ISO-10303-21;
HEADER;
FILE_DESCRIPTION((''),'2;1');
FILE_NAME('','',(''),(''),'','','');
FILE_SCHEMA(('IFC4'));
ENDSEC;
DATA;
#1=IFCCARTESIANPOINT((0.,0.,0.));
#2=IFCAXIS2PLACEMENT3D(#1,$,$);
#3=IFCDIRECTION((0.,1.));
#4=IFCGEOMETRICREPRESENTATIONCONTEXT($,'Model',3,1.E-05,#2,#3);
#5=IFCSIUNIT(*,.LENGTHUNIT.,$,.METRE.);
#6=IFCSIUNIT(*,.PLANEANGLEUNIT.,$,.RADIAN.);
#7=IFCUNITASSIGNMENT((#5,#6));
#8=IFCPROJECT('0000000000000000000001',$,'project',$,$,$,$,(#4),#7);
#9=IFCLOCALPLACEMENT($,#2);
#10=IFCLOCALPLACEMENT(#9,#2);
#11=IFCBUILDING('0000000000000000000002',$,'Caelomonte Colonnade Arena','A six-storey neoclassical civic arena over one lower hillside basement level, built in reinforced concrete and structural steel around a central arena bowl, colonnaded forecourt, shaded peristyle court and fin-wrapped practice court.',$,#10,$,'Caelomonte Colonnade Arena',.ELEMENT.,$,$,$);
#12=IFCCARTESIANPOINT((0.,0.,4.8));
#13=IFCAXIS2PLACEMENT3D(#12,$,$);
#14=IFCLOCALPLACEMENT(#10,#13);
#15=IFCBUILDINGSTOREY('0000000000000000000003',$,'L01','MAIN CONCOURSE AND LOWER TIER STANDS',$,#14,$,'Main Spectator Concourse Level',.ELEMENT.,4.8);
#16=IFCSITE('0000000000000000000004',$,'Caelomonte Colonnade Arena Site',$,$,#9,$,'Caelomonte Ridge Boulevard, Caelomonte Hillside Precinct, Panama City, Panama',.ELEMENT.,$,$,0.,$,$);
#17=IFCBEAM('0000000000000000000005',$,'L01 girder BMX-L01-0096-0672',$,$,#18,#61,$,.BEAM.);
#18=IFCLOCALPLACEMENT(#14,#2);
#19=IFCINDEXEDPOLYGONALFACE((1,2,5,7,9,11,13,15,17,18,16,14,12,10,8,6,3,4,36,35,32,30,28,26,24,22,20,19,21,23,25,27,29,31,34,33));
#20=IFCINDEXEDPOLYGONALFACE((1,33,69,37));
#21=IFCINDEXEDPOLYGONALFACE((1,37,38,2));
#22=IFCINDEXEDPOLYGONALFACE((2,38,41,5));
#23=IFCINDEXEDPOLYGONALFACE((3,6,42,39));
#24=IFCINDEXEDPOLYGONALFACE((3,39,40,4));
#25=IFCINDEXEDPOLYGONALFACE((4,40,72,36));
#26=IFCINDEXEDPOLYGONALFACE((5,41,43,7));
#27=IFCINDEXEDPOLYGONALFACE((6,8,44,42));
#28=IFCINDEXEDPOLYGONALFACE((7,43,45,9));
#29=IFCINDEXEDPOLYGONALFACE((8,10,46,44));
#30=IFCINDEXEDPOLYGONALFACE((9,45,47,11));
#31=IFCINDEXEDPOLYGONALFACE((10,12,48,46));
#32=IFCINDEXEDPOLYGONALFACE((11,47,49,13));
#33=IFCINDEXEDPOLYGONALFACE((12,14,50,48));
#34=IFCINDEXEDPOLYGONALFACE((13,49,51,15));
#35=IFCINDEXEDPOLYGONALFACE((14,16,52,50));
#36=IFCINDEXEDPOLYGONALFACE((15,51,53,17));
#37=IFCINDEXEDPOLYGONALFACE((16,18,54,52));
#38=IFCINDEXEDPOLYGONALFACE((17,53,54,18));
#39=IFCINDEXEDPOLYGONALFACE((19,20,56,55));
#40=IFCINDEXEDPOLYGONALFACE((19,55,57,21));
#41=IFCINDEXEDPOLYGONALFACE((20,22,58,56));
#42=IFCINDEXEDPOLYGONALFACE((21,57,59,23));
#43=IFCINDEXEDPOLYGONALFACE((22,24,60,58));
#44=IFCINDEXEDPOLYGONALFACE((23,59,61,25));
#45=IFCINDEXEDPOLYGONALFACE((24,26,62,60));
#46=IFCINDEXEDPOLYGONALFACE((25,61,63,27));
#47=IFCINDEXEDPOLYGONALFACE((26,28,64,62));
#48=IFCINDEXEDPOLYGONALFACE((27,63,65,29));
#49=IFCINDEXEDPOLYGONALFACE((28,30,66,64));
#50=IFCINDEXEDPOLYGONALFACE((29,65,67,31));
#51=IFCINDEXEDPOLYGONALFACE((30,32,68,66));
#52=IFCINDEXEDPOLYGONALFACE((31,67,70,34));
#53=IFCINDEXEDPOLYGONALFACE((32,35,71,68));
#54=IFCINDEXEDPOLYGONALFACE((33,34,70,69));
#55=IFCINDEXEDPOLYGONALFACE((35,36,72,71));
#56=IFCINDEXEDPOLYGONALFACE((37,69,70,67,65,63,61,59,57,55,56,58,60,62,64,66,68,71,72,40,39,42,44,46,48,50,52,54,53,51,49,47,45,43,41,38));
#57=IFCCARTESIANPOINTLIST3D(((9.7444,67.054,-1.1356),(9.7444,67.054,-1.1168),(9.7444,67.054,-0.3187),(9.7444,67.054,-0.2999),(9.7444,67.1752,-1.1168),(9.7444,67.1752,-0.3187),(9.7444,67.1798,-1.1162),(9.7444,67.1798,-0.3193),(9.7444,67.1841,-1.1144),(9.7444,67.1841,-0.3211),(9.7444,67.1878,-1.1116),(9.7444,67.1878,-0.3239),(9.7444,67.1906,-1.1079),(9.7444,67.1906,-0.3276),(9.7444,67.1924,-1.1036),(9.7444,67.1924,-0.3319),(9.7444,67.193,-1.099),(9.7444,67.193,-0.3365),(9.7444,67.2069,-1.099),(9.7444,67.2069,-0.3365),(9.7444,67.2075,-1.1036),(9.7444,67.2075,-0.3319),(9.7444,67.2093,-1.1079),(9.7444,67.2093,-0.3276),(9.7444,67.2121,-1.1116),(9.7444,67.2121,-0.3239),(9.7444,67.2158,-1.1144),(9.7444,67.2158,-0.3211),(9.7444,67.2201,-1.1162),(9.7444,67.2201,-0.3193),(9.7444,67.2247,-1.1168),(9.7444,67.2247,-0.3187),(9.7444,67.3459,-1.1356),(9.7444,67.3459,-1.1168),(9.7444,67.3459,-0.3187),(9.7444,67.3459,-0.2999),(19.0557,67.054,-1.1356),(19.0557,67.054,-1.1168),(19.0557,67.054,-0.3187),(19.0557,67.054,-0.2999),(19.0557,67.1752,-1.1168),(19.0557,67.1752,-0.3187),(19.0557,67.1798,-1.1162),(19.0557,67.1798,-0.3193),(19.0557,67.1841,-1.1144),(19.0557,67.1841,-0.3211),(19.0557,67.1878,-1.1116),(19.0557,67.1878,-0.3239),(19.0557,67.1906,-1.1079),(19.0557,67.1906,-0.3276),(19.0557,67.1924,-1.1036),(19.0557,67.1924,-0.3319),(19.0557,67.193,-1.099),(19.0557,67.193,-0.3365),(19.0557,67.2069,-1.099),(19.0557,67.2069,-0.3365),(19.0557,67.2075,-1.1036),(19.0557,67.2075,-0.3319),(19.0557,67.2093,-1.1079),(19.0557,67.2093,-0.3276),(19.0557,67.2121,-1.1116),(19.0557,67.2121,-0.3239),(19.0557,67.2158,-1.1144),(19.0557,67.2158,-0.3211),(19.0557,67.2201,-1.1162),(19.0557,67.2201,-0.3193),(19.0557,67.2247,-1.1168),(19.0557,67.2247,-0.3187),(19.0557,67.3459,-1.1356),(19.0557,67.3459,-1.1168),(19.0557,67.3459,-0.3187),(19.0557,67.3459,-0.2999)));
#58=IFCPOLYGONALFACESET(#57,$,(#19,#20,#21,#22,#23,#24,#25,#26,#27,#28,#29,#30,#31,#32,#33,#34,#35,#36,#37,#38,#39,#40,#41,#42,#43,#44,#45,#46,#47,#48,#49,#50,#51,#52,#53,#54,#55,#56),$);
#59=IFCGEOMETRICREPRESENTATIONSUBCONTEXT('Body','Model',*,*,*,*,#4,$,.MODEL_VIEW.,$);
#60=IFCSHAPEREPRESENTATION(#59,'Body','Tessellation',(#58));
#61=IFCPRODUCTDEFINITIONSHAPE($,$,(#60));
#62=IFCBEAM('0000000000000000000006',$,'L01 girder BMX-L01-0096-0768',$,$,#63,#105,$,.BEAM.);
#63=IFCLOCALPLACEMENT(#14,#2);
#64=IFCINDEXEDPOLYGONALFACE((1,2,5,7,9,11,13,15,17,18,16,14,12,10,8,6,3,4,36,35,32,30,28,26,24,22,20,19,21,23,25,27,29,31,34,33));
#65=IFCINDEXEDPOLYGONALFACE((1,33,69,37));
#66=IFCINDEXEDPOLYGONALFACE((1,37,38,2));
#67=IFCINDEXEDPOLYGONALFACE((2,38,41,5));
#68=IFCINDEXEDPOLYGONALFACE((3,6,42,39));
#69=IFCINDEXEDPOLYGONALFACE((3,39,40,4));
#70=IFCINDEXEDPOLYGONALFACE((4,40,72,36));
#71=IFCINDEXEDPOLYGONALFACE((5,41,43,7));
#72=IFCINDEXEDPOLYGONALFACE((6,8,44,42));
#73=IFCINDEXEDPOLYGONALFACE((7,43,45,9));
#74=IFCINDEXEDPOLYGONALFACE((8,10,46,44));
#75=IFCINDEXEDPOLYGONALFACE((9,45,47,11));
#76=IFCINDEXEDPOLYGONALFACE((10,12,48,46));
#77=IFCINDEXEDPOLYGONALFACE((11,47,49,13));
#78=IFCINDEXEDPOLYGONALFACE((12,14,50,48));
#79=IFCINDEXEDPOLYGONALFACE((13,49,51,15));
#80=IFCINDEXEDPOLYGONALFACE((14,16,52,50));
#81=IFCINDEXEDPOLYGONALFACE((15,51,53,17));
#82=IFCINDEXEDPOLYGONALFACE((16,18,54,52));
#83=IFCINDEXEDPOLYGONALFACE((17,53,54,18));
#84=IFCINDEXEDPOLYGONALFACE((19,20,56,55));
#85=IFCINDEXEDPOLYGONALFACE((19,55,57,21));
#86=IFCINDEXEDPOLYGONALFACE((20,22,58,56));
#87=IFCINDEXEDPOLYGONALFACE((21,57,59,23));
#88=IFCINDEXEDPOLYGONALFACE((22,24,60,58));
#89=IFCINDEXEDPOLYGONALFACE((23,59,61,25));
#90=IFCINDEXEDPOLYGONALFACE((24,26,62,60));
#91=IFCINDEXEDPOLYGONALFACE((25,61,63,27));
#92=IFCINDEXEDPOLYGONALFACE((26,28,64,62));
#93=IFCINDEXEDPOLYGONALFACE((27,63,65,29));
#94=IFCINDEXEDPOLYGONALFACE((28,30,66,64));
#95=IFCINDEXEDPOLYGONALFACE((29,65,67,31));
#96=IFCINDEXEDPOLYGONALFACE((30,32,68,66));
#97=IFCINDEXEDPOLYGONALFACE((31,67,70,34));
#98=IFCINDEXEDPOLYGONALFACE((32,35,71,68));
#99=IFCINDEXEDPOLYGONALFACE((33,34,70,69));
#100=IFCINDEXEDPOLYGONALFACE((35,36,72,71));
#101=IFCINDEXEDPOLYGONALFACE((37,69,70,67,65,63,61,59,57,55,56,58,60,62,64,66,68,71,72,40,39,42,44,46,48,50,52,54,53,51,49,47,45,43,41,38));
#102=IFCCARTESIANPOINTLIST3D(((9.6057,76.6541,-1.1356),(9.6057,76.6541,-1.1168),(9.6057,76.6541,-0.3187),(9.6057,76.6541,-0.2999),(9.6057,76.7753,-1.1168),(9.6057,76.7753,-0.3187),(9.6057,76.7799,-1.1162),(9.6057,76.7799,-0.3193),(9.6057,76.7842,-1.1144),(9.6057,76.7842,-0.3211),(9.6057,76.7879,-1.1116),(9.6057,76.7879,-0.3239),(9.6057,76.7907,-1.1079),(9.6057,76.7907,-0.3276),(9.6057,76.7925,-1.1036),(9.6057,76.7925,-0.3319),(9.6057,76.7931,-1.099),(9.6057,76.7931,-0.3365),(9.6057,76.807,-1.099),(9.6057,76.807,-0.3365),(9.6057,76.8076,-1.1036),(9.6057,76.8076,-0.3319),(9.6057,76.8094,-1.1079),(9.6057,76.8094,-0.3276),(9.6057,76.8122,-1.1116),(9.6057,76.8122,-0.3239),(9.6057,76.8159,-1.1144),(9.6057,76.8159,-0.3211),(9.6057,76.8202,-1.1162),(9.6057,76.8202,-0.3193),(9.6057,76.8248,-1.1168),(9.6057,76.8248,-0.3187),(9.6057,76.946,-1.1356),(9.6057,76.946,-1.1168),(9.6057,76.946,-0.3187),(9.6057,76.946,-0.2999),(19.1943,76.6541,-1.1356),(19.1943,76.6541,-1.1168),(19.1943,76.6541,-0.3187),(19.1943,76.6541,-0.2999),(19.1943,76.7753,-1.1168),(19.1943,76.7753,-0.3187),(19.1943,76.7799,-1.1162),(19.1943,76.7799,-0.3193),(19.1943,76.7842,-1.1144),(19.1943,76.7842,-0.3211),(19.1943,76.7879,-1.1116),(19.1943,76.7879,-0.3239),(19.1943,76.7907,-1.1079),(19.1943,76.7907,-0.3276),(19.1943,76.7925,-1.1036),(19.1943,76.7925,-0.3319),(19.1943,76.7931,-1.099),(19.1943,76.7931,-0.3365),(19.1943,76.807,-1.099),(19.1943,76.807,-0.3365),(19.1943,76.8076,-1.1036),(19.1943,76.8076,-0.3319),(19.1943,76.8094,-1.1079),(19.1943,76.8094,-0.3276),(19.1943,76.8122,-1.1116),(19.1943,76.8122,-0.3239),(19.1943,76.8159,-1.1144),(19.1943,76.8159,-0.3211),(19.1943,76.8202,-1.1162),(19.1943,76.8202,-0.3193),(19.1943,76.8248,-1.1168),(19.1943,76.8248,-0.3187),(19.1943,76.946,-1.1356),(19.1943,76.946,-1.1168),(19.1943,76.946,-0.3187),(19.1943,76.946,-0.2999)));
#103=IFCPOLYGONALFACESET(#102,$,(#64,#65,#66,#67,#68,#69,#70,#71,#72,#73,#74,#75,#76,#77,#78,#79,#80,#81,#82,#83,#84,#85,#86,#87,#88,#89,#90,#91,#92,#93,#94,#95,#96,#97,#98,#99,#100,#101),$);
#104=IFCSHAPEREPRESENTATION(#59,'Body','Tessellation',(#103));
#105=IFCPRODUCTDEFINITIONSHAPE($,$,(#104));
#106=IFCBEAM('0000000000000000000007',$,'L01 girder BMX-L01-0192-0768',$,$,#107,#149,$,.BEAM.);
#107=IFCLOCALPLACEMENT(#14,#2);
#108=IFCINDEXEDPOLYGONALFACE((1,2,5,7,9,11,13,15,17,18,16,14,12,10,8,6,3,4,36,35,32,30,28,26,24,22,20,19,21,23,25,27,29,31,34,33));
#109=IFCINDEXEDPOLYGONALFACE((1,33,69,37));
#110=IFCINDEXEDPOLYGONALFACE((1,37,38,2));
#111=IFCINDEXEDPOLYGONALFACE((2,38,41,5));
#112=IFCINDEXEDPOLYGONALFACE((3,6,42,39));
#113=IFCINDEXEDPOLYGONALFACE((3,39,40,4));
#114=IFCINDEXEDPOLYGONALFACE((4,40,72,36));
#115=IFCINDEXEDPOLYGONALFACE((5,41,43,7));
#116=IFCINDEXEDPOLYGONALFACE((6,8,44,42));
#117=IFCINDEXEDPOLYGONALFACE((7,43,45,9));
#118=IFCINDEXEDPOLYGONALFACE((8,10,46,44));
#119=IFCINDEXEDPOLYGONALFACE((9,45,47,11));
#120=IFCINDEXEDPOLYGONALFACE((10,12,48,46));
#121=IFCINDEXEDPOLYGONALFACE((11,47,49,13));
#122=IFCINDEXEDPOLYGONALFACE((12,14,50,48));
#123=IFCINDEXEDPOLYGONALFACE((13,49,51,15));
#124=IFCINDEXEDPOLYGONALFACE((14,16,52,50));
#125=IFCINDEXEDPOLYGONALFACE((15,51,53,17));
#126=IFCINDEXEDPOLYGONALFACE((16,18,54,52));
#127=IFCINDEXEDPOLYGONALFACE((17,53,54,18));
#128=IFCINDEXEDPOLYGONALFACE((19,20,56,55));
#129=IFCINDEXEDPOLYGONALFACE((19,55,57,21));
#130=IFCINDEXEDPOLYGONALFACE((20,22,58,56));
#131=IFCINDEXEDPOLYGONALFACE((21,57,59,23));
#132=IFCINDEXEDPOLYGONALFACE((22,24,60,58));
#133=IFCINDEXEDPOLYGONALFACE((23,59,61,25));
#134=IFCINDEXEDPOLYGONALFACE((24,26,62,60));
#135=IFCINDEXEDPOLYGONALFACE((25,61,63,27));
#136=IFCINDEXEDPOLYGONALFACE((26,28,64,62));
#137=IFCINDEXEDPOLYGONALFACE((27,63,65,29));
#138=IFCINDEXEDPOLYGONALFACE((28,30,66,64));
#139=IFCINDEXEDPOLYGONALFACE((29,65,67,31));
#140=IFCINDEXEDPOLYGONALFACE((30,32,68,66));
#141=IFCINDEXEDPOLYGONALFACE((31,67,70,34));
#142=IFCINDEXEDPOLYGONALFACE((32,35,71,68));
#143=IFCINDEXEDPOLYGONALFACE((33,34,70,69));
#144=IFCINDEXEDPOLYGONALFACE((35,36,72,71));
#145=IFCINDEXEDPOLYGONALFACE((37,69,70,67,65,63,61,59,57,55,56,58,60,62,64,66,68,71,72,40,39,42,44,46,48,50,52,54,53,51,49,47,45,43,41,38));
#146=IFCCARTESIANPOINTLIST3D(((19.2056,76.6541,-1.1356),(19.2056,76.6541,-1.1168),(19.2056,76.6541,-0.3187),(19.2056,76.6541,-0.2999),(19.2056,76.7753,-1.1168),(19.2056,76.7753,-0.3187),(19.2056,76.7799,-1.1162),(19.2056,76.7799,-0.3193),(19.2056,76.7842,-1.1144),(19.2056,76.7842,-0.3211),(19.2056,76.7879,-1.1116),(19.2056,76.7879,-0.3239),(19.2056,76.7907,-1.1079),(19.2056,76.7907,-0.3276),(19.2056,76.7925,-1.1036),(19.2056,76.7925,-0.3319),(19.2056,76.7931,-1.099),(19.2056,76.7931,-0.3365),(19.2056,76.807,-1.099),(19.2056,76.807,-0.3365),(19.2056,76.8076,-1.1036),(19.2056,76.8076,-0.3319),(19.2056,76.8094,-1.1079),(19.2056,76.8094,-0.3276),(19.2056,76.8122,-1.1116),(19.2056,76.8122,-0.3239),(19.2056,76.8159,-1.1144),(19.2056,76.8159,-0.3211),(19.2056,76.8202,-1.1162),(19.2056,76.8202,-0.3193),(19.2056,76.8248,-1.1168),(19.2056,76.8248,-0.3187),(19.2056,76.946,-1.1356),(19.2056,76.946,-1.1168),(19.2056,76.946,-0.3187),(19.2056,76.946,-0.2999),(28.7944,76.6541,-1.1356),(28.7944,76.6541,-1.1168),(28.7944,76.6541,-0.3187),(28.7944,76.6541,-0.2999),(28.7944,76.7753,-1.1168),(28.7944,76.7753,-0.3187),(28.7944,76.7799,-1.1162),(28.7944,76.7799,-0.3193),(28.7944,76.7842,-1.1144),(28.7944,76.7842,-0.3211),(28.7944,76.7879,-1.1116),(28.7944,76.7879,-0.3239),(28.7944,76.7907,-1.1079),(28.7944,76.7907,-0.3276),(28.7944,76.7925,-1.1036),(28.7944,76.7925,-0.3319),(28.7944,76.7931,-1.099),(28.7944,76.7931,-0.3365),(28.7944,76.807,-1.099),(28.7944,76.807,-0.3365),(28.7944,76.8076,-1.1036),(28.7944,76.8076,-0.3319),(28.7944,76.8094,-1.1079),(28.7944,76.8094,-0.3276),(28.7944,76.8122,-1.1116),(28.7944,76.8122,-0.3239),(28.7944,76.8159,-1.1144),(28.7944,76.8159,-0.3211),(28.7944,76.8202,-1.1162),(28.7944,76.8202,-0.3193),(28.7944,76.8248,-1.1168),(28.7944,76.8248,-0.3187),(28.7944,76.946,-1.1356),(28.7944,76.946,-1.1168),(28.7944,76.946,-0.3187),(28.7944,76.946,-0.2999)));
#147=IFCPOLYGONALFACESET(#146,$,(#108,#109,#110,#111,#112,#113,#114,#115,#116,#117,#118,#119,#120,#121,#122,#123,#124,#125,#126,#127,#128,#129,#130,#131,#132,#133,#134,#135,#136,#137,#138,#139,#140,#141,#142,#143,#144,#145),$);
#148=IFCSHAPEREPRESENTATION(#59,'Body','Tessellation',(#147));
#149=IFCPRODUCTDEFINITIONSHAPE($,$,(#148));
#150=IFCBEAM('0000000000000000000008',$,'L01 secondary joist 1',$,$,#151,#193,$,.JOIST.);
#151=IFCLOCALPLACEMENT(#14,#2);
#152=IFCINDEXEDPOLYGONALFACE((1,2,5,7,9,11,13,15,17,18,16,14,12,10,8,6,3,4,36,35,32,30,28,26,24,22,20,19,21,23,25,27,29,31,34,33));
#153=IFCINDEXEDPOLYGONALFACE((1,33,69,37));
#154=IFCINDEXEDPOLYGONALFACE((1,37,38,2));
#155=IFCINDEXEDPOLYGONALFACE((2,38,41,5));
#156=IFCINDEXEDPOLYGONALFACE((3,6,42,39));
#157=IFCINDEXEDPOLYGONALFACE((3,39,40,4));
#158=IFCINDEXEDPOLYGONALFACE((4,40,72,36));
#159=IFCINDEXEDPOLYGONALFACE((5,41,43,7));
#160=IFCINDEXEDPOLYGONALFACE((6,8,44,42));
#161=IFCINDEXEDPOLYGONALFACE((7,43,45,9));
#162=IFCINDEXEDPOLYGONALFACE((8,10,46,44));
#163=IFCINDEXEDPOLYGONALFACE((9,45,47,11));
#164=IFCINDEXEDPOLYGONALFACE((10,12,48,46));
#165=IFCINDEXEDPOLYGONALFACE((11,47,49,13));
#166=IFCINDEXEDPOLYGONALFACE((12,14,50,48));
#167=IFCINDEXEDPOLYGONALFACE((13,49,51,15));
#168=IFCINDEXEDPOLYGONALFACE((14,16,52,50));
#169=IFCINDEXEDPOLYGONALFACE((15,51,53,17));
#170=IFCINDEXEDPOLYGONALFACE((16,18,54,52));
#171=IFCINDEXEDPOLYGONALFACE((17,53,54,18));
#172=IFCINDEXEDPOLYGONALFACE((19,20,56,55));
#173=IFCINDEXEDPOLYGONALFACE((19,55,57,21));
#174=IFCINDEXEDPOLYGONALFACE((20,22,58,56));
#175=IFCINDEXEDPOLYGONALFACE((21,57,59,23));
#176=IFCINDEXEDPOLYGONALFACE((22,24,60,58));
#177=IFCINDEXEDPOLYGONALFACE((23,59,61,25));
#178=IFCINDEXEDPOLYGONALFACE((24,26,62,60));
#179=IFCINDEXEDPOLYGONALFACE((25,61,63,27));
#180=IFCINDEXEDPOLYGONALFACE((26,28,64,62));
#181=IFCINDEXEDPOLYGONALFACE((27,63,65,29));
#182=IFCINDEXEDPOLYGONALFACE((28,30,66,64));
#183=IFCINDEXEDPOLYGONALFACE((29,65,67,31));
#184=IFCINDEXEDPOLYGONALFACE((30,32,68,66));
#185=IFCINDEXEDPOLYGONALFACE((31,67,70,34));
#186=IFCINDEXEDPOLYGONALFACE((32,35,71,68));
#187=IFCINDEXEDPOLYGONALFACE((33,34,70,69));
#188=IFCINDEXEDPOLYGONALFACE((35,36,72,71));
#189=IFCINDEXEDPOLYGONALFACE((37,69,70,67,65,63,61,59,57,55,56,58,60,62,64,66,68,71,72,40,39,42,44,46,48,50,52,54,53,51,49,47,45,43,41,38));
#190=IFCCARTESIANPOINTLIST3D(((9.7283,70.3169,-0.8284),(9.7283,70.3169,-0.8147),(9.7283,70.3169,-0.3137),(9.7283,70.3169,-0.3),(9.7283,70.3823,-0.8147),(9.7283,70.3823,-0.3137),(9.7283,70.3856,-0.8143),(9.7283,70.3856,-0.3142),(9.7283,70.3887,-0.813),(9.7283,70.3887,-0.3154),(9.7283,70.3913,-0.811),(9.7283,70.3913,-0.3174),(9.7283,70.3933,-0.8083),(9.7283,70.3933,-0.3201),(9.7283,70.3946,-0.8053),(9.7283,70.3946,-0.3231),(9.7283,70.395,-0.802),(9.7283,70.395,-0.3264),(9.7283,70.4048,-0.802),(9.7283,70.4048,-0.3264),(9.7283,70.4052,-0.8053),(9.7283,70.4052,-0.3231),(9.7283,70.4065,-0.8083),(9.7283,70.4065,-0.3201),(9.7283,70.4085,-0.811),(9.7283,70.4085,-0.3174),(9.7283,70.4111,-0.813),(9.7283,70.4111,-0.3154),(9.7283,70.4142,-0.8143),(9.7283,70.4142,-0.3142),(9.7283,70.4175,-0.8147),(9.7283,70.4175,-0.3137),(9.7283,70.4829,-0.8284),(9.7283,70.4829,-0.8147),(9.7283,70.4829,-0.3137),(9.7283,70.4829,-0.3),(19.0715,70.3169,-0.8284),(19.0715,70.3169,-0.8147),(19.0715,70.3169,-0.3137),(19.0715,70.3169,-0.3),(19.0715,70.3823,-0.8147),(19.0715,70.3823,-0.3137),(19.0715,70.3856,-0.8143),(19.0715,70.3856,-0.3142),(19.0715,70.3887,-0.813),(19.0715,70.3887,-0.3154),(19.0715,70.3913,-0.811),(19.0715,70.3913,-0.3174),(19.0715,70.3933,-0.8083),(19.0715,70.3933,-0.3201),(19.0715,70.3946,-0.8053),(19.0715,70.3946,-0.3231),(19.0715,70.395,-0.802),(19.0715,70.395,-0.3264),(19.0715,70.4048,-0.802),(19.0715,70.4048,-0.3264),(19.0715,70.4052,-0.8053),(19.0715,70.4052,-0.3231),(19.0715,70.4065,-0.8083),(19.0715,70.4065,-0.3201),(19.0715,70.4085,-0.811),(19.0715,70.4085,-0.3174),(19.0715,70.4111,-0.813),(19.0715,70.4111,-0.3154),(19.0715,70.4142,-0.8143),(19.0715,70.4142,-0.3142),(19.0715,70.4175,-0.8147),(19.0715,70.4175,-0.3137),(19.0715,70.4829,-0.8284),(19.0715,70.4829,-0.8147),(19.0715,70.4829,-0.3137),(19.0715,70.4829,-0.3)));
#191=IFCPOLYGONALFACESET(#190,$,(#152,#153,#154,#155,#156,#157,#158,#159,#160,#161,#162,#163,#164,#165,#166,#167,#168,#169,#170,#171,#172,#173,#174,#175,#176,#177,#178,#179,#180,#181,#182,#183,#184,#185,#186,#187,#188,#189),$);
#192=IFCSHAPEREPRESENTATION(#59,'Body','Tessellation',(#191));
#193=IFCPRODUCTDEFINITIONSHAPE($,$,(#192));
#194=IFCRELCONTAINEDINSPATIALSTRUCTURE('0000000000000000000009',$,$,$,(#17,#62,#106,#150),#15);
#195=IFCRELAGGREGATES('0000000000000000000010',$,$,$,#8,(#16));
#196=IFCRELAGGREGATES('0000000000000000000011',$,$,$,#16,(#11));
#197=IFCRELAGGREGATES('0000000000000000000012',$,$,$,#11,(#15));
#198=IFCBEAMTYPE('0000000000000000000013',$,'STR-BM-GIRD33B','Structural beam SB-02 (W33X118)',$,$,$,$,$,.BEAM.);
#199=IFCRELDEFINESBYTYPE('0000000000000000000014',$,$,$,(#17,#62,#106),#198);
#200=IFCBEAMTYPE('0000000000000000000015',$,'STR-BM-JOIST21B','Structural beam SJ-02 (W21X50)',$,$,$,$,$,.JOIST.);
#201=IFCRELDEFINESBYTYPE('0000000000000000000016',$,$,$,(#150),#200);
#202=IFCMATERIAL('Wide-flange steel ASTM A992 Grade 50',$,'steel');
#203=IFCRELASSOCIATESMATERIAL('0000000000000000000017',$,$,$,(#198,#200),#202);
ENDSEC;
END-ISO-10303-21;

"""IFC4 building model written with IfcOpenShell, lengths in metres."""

from ifc_helpers import new_model, si_unit, direction, frame, origin, origin_2d, place, context, subcontext, project, spatial, i_section, extrude, material, material_profile, profile_set, type_object, element, save


model = new_model("IFC4")

# Units and contexts
model_context = context("Model", 3, precision=1e-05, world=origin(), true_north=direction((0.0, 1.0)))
body_context = subcontext(model_context, "Body", "Model", "MODEL_VIEW")
ifc_project = project(units=[si_unit("LENGTHUNIT", "METRE"), si_unit("PLANEANGLEUNIT", "RADIAN")], contexts=[model_context])

# Site, building, storey
site_placement = place(None, origin())
site = spatial("IfcSite", under=ifc_project, at=site_placement, Name="Caelomonte Colonnade Arena Site", LongName="Caelomonte Ridge Boulevard, Caelomonte Hillside Precinct, Panama City, Panama", CompositionType="ELEMENT", RefElevation=0.0)
building_placement = place(site_placement, origin())
building = spatial("IfcBuilding", under=site, at=building_placement, Name="Caelomonte Colonnade Arena", Description="A six-storey neoclassical civic arena over one lower hillside basement level, built in reinforced concrete and structural steel around a central arena bowl, colonnaded forecourt, shaded peristyle court and fin-wrapped practice court.", LongName="Caelomonte Colonnade Arena", CompositionType="ELEMENT")
storey_placement = place(building_placement, frame((0.0, 0.0, 4.8)))
storey = spatial("IfcBuildingStorey", under=building, at=storey_placement, Name="L01", Description="MAIN CONCOURSE AND LOWER TIER STANDS", LongName="Main Spectator Concourse Level", CompositionType="ELEMENT", Elevation=4.8)

# Shared definitions
ifc_material_1 = material(Name="Wide-flange steel ASTM A992 Grade 50", Category="steel")

# Beams
ifc_material_profile_1 = material_profile(ifc_material_1, i_section(OverallWidth=0.292, OverallDepth=0.8357, WebThickness=0.0139, FlangeThickness=0.0188, FilletRadius=0.0178, at=origin_2d()), Name="W33X118")
ifc_profile_set_1 = profile_set([ifc_material_profile_1], Name="Wide-flange steel ASTM A992 Grade 50")
beam_type_1 = type_object("IfcBeamType", Name="STR-BM-GIRD33B", Description="Structural beam SB-02 (W33X118)", PredefinedType="BEAM", material=ifc_profile_set_1)
beam_1_placement = place(storey_placement, frame((9.7444, 67.2, -0.7178), z_axis=(1.0, 0.0, 0.0), x_axis=(0.0, 1.0, 0.0)))
element("IfcBeam", 1, at=beam_1_placement, inside=storey, type_object=beam_type_1, Name="L01 girder BMX-L01-0096-0672", PredefinedType="BEAM", context=body_context, shape_type="SweptSolid", body=[
    extrude(i_section(OverallWidth=0.292, OverallDepth=0.8357, WebThickness=0.0139, FlangeThickness=0.0188, FilletRadius=0.0178, at=origin_2d()), origin(), (0.0, 0.0, 1.0), 9.3113),
])
beam_2_placement = place(storey_placement, frame((9.6057, 76.8, -0.7178), z_axis=(1.0, 0.0, 0.0), x_axis=(0.0, 1.0, 0.0)))
element("IfcBeam", 2, at=beam_2_placement, inside=storey, type_object=beam_type_1, Name="L01 girder BMX-L01-0096-0768", PredefinedType="BEAM", context=body_context, shape_type="SweptSolid", body=[
    extrude(i_section(OverallWidth=0.292, OverallDepth=0.8357, WebThickness=0.0139, FlangeThickness=0.0188, FilletRadius=0.0178, at=origin_2d()), origin(), (0.0, 0.0, 1.0), 9.5886),
])
beam_3_placement = place(storey_placement, frame((19.2056, 76.8, -0.7178), z_axis=(1.0, 0.0, 0.0), x_axis=(0.0, 1.0, 0.0)))
element("IfcBeam", 3, at=beam_3_placement, inside=storey, type_object=beam_type_1, Name="L01 girder BMX-L01-0192-0768", PredefinedType="BEAM", context=body_context, shape_type="SweptSolid", body=[
    extrude(i_section(OverallWidth=0.292, OverallDepth=0.8357, WebThickness=0.0139, FlangeThickness=0.0188, FilletRadius=0.0178, at=origin_2d()), origin(), (0.0, 0.0, 1.0), 9.5889),
])
ifc_material_profile_2 = material_profile(ifc_material_1, i_section(OverallWidth=0.166, OverallDepth=0.5283, WebThickness=0.0098, FlangeThickness=0.0137, FilletRadius=0.0127, at=origin_2d()), Name="W21X50")
ifc_profile_set_2 = profile_set([ifc_material_profile_2], Name="Wide-flange steel ASTM A992 Grade 50")
beam_type_2 = type_object("IfcBeamType", Name="STR-BM-JOIST21B", Description="Structural beam SJ-02 (W21X50)", PredefinedType="JOIST", material=ifc_profile_set_2)
for number, where, z_axis, x_axis, name in (
    (4, (9.7283, 70.3999, -0.5642), (1.0, 0.0, 0.0), (0.0, 1.0, 0.0), "L01 secondary joist 1"),
):
    element("IfcBeam", number, at=place(storey_placement, frame(where, z_axis=z_axis, x_axis=x_axis)), inside=storey, type_object=beam_type_2, Name=name, PredefinedType="JOIST", context=body_context, shape_type="SweptSolid", body=[
        extrude(i_section(OverallWidth=0.166, OverallDepth=0.5283, WebThickness=0.0098, FlangeThickness=0.0137, FilletRadius=0.0127, at=origin_2d()), origin(), (0.0, 0.0, 1.0), 9.3433),
    ])

save(model, "model.ifc")
